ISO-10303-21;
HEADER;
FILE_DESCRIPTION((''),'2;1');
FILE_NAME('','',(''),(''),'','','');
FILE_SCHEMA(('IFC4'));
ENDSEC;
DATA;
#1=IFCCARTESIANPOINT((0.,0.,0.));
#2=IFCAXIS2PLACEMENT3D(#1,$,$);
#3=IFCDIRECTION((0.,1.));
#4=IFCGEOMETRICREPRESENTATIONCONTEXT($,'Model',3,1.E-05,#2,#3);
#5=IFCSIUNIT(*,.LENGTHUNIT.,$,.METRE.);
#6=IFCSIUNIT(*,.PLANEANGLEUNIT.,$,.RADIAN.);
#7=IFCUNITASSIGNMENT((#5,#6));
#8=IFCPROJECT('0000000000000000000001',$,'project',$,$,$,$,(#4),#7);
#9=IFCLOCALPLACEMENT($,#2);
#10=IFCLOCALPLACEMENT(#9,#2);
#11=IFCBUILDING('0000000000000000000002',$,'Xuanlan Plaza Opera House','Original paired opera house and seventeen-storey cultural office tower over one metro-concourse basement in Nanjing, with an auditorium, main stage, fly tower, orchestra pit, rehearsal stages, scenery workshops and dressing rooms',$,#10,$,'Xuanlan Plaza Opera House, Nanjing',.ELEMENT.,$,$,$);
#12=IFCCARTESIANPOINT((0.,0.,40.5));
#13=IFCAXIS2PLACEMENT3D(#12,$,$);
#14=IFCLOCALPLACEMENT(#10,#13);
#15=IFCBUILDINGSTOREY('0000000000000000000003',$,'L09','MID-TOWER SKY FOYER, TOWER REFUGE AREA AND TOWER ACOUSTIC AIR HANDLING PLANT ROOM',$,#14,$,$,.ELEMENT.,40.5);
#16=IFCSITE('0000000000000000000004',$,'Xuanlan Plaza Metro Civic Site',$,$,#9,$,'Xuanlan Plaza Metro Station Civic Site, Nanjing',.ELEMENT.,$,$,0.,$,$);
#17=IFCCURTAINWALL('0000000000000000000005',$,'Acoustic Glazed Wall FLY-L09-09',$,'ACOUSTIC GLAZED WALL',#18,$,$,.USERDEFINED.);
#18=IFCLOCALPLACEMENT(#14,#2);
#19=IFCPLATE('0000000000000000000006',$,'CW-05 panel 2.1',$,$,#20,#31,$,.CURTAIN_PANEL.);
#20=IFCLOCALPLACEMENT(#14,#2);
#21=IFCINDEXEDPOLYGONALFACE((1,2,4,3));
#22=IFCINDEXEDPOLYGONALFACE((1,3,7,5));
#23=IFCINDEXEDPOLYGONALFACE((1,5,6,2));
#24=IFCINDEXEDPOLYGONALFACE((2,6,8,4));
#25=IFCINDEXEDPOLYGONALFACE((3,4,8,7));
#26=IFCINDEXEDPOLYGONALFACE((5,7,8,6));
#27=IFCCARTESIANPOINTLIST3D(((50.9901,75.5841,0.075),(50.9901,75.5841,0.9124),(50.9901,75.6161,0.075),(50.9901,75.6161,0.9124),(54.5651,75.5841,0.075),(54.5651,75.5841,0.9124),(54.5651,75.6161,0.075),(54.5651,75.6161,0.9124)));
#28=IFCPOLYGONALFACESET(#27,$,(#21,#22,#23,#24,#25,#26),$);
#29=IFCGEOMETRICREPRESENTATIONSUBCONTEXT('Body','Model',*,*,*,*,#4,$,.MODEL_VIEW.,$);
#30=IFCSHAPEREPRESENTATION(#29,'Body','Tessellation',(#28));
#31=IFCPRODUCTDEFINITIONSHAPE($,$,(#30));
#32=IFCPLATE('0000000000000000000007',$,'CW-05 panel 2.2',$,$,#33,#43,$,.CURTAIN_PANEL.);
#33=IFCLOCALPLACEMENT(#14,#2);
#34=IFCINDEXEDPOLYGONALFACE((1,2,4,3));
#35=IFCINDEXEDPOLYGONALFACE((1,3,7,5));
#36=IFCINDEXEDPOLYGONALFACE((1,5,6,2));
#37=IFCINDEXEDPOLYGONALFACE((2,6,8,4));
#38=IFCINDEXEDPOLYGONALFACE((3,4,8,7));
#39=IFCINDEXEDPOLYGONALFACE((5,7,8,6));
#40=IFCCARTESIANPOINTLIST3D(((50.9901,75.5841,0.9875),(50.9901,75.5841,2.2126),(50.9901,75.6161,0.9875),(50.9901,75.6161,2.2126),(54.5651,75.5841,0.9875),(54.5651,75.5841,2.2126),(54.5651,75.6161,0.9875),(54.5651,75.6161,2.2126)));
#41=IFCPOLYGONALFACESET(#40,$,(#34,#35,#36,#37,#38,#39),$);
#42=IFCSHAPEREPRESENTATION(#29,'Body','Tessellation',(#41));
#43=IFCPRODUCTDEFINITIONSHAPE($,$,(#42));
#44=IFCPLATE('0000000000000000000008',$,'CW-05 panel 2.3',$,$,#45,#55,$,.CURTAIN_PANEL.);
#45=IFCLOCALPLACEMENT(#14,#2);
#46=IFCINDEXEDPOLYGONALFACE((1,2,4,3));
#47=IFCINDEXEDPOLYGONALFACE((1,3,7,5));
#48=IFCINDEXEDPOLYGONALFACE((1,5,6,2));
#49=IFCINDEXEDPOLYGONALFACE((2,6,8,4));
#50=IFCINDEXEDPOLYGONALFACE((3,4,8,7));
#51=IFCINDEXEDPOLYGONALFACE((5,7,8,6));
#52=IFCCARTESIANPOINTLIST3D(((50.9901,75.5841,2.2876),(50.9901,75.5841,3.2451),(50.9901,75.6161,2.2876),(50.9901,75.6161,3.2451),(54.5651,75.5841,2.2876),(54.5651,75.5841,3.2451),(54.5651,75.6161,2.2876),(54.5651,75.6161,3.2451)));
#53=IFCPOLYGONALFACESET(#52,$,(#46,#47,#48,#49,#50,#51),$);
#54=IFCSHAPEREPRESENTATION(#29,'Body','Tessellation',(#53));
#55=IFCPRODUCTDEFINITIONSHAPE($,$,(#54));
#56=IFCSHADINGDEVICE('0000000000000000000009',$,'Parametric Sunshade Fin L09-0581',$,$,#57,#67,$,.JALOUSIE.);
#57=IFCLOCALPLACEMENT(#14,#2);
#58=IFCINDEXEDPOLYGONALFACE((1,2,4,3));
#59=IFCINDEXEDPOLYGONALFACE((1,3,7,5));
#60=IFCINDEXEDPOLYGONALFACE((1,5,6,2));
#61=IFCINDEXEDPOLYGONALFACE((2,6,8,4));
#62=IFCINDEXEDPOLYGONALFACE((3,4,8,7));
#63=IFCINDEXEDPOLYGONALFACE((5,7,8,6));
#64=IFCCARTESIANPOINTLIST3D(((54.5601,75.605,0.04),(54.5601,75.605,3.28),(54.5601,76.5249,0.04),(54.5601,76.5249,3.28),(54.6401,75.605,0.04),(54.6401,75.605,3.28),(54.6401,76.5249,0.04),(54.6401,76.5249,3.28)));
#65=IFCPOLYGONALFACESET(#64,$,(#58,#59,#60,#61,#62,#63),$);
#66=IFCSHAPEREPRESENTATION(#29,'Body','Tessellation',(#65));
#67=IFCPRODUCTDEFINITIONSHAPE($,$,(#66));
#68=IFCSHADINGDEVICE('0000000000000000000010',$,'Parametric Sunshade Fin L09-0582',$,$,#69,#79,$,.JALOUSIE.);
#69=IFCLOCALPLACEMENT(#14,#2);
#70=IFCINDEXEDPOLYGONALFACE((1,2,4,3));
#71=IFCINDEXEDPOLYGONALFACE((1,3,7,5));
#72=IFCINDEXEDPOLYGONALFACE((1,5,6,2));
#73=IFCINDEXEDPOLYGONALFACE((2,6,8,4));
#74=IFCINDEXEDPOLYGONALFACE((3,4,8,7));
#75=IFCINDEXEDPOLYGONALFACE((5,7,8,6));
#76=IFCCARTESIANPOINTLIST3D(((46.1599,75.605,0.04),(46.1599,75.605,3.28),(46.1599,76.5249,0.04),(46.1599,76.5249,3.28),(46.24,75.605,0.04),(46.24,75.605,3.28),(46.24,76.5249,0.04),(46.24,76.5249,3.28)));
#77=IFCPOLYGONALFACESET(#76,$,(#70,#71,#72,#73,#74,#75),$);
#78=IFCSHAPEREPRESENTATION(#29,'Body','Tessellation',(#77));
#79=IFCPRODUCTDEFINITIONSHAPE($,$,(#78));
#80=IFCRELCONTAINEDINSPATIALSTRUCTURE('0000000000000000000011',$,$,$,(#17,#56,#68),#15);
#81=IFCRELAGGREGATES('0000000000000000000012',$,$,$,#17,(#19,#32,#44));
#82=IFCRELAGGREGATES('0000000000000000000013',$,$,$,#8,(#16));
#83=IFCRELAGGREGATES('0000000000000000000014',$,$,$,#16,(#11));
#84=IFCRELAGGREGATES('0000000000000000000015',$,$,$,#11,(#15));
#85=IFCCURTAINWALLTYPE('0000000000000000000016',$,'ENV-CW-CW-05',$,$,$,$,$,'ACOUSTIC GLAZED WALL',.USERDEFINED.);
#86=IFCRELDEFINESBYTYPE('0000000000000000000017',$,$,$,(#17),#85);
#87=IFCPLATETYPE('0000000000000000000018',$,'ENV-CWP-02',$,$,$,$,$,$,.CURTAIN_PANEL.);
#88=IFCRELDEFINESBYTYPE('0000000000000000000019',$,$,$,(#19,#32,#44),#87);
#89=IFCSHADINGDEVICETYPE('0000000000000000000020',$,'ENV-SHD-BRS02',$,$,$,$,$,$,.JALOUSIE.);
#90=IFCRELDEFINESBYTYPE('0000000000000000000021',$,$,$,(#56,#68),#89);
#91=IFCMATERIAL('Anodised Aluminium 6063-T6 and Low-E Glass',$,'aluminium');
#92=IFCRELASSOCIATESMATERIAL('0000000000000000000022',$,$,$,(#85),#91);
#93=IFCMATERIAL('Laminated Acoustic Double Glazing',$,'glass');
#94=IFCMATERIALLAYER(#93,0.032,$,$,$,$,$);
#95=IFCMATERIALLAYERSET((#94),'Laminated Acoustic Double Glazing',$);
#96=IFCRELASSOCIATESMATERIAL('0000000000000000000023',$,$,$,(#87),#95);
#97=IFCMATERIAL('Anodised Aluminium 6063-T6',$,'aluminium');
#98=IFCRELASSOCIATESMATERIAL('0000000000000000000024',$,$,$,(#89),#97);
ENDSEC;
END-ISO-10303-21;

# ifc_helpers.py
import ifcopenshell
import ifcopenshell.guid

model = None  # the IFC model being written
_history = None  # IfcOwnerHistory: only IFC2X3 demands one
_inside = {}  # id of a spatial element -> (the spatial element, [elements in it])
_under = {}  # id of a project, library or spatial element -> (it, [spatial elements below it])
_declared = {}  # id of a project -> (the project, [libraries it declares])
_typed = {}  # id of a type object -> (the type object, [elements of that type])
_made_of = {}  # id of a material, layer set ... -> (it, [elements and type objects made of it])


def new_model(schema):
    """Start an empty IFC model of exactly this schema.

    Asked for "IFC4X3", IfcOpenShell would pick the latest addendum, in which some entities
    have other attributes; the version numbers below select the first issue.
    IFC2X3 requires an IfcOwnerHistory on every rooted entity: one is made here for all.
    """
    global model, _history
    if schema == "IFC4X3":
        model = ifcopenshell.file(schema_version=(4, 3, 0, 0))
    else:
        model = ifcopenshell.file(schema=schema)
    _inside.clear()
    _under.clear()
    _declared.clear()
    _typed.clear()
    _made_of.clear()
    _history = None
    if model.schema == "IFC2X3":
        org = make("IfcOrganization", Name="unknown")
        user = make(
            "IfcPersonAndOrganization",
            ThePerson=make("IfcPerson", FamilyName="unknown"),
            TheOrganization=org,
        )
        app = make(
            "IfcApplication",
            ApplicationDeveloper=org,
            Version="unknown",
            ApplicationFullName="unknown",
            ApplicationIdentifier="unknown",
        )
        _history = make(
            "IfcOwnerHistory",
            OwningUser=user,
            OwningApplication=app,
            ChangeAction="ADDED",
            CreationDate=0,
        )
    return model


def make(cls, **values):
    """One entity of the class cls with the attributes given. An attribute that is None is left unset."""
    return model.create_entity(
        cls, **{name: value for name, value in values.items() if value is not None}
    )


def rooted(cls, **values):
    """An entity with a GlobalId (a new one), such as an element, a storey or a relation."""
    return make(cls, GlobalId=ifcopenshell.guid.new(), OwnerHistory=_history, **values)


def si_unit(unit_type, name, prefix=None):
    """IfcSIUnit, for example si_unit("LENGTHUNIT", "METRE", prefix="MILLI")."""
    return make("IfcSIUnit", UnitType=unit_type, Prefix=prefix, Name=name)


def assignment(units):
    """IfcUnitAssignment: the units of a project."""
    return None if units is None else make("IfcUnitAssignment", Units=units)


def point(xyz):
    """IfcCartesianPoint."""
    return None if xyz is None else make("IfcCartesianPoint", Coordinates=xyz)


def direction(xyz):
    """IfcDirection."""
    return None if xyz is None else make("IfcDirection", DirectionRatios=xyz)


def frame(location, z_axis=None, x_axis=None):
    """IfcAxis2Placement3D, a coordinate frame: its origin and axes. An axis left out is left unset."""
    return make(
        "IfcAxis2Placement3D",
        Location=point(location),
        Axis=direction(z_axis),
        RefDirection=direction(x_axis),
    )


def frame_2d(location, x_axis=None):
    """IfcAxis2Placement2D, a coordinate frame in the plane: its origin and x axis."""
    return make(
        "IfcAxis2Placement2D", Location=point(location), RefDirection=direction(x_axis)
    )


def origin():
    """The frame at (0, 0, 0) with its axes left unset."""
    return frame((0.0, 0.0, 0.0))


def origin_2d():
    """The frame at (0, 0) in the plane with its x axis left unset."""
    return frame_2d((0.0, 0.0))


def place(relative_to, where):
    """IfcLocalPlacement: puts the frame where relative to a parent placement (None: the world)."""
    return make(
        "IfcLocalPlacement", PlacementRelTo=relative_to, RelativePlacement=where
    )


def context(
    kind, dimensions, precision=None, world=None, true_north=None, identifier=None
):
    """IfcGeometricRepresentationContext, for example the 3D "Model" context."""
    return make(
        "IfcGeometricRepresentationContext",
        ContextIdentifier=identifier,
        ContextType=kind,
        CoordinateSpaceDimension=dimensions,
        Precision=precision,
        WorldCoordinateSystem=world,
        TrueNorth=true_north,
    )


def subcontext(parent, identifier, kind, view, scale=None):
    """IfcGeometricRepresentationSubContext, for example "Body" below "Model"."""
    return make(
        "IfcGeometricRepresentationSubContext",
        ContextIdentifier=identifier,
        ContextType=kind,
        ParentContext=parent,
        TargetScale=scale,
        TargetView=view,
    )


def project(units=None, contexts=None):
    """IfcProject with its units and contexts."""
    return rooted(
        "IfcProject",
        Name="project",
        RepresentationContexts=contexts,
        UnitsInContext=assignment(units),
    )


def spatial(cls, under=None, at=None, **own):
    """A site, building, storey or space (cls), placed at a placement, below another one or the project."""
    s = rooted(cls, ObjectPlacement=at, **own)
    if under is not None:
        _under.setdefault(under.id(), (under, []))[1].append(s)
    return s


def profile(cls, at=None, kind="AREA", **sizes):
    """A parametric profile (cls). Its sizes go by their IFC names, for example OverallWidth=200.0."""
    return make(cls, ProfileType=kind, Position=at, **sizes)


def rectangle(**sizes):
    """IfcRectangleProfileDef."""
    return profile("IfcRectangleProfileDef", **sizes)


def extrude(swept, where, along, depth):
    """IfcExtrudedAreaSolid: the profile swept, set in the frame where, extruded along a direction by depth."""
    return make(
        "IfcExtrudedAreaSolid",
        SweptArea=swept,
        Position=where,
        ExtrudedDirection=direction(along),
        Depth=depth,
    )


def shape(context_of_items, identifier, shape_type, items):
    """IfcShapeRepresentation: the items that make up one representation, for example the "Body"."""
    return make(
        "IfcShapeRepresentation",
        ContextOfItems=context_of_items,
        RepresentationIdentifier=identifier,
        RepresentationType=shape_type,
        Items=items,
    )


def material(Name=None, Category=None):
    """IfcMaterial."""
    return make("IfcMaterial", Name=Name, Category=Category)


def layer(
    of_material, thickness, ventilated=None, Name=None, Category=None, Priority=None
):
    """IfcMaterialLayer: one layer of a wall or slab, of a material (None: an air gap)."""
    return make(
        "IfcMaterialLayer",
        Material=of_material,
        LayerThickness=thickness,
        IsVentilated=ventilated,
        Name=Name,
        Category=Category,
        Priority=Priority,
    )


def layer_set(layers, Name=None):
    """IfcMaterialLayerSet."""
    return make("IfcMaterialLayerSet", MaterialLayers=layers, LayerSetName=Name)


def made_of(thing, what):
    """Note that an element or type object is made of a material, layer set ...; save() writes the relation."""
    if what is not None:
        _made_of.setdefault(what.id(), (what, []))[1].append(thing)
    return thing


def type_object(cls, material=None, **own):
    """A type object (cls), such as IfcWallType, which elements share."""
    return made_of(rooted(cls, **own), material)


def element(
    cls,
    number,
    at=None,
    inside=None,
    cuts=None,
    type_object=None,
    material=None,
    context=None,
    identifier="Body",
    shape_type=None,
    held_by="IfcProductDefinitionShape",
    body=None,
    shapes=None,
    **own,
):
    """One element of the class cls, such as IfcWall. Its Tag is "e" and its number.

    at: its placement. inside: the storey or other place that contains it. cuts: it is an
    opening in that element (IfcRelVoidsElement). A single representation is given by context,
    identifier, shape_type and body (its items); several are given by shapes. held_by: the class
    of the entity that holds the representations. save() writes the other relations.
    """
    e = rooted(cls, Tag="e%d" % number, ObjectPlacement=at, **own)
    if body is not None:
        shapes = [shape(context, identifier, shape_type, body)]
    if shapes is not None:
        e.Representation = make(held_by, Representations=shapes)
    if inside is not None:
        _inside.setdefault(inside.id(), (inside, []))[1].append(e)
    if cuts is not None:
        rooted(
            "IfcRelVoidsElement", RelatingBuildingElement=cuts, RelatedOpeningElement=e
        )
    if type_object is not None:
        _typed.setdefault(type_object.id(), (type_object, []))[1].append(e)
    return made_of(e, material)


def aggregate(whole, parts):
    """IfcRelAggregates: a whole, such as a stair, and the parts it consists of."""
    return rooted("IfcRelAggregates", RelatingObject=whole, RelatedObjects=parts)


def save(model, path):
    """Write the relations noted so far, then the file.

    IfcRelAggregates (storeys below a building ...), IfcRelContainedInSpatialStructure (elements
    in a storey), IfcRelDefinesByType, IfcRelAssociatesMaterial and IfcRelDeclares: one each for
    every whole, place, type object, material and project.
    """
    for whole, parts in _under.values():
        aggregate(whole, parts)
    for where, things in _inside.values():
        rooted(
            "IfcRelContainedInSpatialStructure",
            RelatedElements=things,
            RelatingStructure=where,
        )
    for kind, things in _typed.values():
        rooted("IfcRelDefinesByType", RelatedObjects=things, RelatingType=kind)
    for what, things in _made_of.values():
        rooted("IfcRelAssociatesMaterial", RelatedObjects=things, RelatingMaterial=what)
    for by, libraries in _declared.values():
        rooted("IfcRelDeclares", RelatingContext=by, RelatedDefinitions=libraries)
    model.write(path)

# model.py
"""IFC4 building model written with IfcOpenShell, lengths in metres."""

from ifc_helpers import new_model, si_unit, direction, frame, origin, origin_2d, place, context, subcontext, project, spatial, rectangle, extrude, material, layer, layer_set, type_object, element, aggregate, save


model = new_model("IFC4")

# Units and contexts
model_context = context("Model", 3, precision=1e-05, world=origin(), true_north=direction((0.0, 1.0)))
body_context = subcontext(model_context, "Body", "Model", "MODEL_VIEW")
ifc_project = project(units=[si_unit("LENGTHUNIT", "METRE"), si_unit("PLANEANGLEUNIT", "RADIAN")], contexts=[model_context])

# Site, building, storey
site_placement = place(None, origin())
site = spatial("IfcSite", under=ifc_project, at=site_placement, Name="Xuanlan Plaza Metro Civic Site", LongName="Xuanlan Plaza Metro Station Civic Site, Nanjing", CompositionType="ELEMENT", RefElevation=0.0)
building_placement = place(site_placement, origin())
building = spatial("IfcBuilding", under=site, at=building_placement, Name="Xuanlan Plaza Opera House", Description="Original paired opera house and seventeen-storey cultural office tower over one metro-concourse basement in Nanjing, with an auditorium, main stage, fly tower, orchestra pit, rehearsal stages, scenery workshops and dressing rooms", LongName="Xuanlan Plaza Opera House, Nanjing", CompositionType="ELEMENT")
storey_placement = place(building_placement, frame((0.0, 0.0, 40.5)))
storey = spatial("IfcBuildingStorey", under=building, at=storey_placement, Name="L09", Description="MID-TOWER SKY FOYER, TOWER REFUGE AREA AND TOWER ACOUSTIC AIR HANDLING PLANT ROOM", CompositionType="ELEMENT", Elevation=40.5)

# Shared definitions
ifc_material_1 = material(Name="Anodised Aluminium 6063-T6 and Low-E Glass", Category="aluminium")
curtain_wall_type = type_object("IfcCurtainWallType", Name="ENV-CW-CW-05", ElementType="ACOUSTIC GLAZED WALL", PredefinedType="USERDEFINED", material=ifc_material_1)
ifc_material_2 = material(Name="Anodised Aluminium 6063-T6", Category="aluminium")

# Curtain wall
curtain_wall_1_placement = place(storey_placement, origin())
curtain_wall_1 = element("IfcCurtainWall", 1, at=curtain_wall_1_placement, inside=storey, type_object=curtain_wall_type, Name="Acoustic Glazed Wall FLY-L09-09", ObjectType="ACOUSTIC GLAZED WALL", PredefinedType="USERDEFINED")

# Plates
ifc_material_3 = material(Name="Laminated Acoustic Double Glazing", Category="glass")
ifc_layer = layer(ifc_material_3, 0.032)
ifc_layer_set = layer_set([ifc_layer], Name="Laminated Acoustic Double Glazing")
plate_type = type_object("IfcPlateType", Name="ENV-CWP-02", PredefinedType="CURTAIN_PANEL", material=ifc_layer_set)
plate_1_placement = place(storey_placement, frame((52.7776, 75.6001, 0.075), z_axis=(0.0, 0.0, 1.0), x_axis=(-1.0, 0.0, 0.0)))
plate_1 = element("IfcPlate", 2, at=plate_1_placement, type_object=plate_type, Name="CW-05 panel 2.1", PredefinedType="CURTAIN_PANEL", context=body_context, shape_type="SweptSolid", body=[
    extrude(rectangle(XDim=3.575, YDim=0.032, at=origin_2d()), origin(), (0.0, 0.0, 1.0), 0.8374),
])
plate_2_placement = place(storey_placement, frame((52.7776, 75.6001, 0.9875), z_axis=(0.0, 0.0, 1.0), x_axis=(-1.0, 0.0, 0.0)))
plate_2 = element("IfcPlate", 3, at=plate_2_placement, type_object=plate_type, Name="CW-05 panel 2.2", PredefinedType="CURTAIN_PANEL", context=body_context, shape_type="SweptSolid", body=[
    extrude(rectangle(XDim=3.575, YDim=0.032, at=origin_2d()), origin(), (0.0, 0.0, 1.0), 1.2251),
])
plate_3_placement = place(storey_placement, frame((52.7776, 75.6001, 2.2876), z_axis=(0.0, 0.0, 1.0), x_axis=(-1.0, 0.0, 0.0)))
plate_3 = element("IfcPlate", 4, at=plate_3_placement, type_object=plate_type, Name="CW-05 panel 2.3", PredefinedType="CURTAIN_PANEL", context=body_context, shape_type="SweptSolid", body=[
    extrude(rectangle(XDim=3.575, YDim=0.032, at=origin_2d()), origin(), (0.0, 0.0, 1.0), 0.9575),
])
aggregate(curtain_wall_1, [plate_1, plate_2, plate_3])

# Shading devices
shading_device_type = type_object("IfcShadingDeviceType", Name="ENV-SHD-BRS02", PredefinedType="JALOUSIE", material=ifc_material_2)
for number, where, z_axis, x_axis, name in (
    (5, (54.6001, 76.0649, 0.04), (0.0, 0.0, 1.0), (0.0, 1.0, 0.0), "Parametric Sunshade Fin L09-0581"),
    (6, (46.2, 76.0649, 0.04), (0.0, 0.0, 1.0), (0.0, 1.0, 0.0), "Parametric Sunshade Fin L09-0582"),
):
    element("IfcShadingDevice", number, at=place(storey_placement, frame(where, z_axis=z_axis, x_axis=x_axis)), inside=storey, type_object=shading_device_type, Name=name, PredefinedType="JALOUSIE", context=body_context, shape_type="SweptSolid", body=[
        extrude(rectangle(XDim=0.9199, YDim=0.0801, at=origin_2d()), origin(), (0.0, 0.0, 1.0), 3.24),
    ])

save(model, "model.ifc")
